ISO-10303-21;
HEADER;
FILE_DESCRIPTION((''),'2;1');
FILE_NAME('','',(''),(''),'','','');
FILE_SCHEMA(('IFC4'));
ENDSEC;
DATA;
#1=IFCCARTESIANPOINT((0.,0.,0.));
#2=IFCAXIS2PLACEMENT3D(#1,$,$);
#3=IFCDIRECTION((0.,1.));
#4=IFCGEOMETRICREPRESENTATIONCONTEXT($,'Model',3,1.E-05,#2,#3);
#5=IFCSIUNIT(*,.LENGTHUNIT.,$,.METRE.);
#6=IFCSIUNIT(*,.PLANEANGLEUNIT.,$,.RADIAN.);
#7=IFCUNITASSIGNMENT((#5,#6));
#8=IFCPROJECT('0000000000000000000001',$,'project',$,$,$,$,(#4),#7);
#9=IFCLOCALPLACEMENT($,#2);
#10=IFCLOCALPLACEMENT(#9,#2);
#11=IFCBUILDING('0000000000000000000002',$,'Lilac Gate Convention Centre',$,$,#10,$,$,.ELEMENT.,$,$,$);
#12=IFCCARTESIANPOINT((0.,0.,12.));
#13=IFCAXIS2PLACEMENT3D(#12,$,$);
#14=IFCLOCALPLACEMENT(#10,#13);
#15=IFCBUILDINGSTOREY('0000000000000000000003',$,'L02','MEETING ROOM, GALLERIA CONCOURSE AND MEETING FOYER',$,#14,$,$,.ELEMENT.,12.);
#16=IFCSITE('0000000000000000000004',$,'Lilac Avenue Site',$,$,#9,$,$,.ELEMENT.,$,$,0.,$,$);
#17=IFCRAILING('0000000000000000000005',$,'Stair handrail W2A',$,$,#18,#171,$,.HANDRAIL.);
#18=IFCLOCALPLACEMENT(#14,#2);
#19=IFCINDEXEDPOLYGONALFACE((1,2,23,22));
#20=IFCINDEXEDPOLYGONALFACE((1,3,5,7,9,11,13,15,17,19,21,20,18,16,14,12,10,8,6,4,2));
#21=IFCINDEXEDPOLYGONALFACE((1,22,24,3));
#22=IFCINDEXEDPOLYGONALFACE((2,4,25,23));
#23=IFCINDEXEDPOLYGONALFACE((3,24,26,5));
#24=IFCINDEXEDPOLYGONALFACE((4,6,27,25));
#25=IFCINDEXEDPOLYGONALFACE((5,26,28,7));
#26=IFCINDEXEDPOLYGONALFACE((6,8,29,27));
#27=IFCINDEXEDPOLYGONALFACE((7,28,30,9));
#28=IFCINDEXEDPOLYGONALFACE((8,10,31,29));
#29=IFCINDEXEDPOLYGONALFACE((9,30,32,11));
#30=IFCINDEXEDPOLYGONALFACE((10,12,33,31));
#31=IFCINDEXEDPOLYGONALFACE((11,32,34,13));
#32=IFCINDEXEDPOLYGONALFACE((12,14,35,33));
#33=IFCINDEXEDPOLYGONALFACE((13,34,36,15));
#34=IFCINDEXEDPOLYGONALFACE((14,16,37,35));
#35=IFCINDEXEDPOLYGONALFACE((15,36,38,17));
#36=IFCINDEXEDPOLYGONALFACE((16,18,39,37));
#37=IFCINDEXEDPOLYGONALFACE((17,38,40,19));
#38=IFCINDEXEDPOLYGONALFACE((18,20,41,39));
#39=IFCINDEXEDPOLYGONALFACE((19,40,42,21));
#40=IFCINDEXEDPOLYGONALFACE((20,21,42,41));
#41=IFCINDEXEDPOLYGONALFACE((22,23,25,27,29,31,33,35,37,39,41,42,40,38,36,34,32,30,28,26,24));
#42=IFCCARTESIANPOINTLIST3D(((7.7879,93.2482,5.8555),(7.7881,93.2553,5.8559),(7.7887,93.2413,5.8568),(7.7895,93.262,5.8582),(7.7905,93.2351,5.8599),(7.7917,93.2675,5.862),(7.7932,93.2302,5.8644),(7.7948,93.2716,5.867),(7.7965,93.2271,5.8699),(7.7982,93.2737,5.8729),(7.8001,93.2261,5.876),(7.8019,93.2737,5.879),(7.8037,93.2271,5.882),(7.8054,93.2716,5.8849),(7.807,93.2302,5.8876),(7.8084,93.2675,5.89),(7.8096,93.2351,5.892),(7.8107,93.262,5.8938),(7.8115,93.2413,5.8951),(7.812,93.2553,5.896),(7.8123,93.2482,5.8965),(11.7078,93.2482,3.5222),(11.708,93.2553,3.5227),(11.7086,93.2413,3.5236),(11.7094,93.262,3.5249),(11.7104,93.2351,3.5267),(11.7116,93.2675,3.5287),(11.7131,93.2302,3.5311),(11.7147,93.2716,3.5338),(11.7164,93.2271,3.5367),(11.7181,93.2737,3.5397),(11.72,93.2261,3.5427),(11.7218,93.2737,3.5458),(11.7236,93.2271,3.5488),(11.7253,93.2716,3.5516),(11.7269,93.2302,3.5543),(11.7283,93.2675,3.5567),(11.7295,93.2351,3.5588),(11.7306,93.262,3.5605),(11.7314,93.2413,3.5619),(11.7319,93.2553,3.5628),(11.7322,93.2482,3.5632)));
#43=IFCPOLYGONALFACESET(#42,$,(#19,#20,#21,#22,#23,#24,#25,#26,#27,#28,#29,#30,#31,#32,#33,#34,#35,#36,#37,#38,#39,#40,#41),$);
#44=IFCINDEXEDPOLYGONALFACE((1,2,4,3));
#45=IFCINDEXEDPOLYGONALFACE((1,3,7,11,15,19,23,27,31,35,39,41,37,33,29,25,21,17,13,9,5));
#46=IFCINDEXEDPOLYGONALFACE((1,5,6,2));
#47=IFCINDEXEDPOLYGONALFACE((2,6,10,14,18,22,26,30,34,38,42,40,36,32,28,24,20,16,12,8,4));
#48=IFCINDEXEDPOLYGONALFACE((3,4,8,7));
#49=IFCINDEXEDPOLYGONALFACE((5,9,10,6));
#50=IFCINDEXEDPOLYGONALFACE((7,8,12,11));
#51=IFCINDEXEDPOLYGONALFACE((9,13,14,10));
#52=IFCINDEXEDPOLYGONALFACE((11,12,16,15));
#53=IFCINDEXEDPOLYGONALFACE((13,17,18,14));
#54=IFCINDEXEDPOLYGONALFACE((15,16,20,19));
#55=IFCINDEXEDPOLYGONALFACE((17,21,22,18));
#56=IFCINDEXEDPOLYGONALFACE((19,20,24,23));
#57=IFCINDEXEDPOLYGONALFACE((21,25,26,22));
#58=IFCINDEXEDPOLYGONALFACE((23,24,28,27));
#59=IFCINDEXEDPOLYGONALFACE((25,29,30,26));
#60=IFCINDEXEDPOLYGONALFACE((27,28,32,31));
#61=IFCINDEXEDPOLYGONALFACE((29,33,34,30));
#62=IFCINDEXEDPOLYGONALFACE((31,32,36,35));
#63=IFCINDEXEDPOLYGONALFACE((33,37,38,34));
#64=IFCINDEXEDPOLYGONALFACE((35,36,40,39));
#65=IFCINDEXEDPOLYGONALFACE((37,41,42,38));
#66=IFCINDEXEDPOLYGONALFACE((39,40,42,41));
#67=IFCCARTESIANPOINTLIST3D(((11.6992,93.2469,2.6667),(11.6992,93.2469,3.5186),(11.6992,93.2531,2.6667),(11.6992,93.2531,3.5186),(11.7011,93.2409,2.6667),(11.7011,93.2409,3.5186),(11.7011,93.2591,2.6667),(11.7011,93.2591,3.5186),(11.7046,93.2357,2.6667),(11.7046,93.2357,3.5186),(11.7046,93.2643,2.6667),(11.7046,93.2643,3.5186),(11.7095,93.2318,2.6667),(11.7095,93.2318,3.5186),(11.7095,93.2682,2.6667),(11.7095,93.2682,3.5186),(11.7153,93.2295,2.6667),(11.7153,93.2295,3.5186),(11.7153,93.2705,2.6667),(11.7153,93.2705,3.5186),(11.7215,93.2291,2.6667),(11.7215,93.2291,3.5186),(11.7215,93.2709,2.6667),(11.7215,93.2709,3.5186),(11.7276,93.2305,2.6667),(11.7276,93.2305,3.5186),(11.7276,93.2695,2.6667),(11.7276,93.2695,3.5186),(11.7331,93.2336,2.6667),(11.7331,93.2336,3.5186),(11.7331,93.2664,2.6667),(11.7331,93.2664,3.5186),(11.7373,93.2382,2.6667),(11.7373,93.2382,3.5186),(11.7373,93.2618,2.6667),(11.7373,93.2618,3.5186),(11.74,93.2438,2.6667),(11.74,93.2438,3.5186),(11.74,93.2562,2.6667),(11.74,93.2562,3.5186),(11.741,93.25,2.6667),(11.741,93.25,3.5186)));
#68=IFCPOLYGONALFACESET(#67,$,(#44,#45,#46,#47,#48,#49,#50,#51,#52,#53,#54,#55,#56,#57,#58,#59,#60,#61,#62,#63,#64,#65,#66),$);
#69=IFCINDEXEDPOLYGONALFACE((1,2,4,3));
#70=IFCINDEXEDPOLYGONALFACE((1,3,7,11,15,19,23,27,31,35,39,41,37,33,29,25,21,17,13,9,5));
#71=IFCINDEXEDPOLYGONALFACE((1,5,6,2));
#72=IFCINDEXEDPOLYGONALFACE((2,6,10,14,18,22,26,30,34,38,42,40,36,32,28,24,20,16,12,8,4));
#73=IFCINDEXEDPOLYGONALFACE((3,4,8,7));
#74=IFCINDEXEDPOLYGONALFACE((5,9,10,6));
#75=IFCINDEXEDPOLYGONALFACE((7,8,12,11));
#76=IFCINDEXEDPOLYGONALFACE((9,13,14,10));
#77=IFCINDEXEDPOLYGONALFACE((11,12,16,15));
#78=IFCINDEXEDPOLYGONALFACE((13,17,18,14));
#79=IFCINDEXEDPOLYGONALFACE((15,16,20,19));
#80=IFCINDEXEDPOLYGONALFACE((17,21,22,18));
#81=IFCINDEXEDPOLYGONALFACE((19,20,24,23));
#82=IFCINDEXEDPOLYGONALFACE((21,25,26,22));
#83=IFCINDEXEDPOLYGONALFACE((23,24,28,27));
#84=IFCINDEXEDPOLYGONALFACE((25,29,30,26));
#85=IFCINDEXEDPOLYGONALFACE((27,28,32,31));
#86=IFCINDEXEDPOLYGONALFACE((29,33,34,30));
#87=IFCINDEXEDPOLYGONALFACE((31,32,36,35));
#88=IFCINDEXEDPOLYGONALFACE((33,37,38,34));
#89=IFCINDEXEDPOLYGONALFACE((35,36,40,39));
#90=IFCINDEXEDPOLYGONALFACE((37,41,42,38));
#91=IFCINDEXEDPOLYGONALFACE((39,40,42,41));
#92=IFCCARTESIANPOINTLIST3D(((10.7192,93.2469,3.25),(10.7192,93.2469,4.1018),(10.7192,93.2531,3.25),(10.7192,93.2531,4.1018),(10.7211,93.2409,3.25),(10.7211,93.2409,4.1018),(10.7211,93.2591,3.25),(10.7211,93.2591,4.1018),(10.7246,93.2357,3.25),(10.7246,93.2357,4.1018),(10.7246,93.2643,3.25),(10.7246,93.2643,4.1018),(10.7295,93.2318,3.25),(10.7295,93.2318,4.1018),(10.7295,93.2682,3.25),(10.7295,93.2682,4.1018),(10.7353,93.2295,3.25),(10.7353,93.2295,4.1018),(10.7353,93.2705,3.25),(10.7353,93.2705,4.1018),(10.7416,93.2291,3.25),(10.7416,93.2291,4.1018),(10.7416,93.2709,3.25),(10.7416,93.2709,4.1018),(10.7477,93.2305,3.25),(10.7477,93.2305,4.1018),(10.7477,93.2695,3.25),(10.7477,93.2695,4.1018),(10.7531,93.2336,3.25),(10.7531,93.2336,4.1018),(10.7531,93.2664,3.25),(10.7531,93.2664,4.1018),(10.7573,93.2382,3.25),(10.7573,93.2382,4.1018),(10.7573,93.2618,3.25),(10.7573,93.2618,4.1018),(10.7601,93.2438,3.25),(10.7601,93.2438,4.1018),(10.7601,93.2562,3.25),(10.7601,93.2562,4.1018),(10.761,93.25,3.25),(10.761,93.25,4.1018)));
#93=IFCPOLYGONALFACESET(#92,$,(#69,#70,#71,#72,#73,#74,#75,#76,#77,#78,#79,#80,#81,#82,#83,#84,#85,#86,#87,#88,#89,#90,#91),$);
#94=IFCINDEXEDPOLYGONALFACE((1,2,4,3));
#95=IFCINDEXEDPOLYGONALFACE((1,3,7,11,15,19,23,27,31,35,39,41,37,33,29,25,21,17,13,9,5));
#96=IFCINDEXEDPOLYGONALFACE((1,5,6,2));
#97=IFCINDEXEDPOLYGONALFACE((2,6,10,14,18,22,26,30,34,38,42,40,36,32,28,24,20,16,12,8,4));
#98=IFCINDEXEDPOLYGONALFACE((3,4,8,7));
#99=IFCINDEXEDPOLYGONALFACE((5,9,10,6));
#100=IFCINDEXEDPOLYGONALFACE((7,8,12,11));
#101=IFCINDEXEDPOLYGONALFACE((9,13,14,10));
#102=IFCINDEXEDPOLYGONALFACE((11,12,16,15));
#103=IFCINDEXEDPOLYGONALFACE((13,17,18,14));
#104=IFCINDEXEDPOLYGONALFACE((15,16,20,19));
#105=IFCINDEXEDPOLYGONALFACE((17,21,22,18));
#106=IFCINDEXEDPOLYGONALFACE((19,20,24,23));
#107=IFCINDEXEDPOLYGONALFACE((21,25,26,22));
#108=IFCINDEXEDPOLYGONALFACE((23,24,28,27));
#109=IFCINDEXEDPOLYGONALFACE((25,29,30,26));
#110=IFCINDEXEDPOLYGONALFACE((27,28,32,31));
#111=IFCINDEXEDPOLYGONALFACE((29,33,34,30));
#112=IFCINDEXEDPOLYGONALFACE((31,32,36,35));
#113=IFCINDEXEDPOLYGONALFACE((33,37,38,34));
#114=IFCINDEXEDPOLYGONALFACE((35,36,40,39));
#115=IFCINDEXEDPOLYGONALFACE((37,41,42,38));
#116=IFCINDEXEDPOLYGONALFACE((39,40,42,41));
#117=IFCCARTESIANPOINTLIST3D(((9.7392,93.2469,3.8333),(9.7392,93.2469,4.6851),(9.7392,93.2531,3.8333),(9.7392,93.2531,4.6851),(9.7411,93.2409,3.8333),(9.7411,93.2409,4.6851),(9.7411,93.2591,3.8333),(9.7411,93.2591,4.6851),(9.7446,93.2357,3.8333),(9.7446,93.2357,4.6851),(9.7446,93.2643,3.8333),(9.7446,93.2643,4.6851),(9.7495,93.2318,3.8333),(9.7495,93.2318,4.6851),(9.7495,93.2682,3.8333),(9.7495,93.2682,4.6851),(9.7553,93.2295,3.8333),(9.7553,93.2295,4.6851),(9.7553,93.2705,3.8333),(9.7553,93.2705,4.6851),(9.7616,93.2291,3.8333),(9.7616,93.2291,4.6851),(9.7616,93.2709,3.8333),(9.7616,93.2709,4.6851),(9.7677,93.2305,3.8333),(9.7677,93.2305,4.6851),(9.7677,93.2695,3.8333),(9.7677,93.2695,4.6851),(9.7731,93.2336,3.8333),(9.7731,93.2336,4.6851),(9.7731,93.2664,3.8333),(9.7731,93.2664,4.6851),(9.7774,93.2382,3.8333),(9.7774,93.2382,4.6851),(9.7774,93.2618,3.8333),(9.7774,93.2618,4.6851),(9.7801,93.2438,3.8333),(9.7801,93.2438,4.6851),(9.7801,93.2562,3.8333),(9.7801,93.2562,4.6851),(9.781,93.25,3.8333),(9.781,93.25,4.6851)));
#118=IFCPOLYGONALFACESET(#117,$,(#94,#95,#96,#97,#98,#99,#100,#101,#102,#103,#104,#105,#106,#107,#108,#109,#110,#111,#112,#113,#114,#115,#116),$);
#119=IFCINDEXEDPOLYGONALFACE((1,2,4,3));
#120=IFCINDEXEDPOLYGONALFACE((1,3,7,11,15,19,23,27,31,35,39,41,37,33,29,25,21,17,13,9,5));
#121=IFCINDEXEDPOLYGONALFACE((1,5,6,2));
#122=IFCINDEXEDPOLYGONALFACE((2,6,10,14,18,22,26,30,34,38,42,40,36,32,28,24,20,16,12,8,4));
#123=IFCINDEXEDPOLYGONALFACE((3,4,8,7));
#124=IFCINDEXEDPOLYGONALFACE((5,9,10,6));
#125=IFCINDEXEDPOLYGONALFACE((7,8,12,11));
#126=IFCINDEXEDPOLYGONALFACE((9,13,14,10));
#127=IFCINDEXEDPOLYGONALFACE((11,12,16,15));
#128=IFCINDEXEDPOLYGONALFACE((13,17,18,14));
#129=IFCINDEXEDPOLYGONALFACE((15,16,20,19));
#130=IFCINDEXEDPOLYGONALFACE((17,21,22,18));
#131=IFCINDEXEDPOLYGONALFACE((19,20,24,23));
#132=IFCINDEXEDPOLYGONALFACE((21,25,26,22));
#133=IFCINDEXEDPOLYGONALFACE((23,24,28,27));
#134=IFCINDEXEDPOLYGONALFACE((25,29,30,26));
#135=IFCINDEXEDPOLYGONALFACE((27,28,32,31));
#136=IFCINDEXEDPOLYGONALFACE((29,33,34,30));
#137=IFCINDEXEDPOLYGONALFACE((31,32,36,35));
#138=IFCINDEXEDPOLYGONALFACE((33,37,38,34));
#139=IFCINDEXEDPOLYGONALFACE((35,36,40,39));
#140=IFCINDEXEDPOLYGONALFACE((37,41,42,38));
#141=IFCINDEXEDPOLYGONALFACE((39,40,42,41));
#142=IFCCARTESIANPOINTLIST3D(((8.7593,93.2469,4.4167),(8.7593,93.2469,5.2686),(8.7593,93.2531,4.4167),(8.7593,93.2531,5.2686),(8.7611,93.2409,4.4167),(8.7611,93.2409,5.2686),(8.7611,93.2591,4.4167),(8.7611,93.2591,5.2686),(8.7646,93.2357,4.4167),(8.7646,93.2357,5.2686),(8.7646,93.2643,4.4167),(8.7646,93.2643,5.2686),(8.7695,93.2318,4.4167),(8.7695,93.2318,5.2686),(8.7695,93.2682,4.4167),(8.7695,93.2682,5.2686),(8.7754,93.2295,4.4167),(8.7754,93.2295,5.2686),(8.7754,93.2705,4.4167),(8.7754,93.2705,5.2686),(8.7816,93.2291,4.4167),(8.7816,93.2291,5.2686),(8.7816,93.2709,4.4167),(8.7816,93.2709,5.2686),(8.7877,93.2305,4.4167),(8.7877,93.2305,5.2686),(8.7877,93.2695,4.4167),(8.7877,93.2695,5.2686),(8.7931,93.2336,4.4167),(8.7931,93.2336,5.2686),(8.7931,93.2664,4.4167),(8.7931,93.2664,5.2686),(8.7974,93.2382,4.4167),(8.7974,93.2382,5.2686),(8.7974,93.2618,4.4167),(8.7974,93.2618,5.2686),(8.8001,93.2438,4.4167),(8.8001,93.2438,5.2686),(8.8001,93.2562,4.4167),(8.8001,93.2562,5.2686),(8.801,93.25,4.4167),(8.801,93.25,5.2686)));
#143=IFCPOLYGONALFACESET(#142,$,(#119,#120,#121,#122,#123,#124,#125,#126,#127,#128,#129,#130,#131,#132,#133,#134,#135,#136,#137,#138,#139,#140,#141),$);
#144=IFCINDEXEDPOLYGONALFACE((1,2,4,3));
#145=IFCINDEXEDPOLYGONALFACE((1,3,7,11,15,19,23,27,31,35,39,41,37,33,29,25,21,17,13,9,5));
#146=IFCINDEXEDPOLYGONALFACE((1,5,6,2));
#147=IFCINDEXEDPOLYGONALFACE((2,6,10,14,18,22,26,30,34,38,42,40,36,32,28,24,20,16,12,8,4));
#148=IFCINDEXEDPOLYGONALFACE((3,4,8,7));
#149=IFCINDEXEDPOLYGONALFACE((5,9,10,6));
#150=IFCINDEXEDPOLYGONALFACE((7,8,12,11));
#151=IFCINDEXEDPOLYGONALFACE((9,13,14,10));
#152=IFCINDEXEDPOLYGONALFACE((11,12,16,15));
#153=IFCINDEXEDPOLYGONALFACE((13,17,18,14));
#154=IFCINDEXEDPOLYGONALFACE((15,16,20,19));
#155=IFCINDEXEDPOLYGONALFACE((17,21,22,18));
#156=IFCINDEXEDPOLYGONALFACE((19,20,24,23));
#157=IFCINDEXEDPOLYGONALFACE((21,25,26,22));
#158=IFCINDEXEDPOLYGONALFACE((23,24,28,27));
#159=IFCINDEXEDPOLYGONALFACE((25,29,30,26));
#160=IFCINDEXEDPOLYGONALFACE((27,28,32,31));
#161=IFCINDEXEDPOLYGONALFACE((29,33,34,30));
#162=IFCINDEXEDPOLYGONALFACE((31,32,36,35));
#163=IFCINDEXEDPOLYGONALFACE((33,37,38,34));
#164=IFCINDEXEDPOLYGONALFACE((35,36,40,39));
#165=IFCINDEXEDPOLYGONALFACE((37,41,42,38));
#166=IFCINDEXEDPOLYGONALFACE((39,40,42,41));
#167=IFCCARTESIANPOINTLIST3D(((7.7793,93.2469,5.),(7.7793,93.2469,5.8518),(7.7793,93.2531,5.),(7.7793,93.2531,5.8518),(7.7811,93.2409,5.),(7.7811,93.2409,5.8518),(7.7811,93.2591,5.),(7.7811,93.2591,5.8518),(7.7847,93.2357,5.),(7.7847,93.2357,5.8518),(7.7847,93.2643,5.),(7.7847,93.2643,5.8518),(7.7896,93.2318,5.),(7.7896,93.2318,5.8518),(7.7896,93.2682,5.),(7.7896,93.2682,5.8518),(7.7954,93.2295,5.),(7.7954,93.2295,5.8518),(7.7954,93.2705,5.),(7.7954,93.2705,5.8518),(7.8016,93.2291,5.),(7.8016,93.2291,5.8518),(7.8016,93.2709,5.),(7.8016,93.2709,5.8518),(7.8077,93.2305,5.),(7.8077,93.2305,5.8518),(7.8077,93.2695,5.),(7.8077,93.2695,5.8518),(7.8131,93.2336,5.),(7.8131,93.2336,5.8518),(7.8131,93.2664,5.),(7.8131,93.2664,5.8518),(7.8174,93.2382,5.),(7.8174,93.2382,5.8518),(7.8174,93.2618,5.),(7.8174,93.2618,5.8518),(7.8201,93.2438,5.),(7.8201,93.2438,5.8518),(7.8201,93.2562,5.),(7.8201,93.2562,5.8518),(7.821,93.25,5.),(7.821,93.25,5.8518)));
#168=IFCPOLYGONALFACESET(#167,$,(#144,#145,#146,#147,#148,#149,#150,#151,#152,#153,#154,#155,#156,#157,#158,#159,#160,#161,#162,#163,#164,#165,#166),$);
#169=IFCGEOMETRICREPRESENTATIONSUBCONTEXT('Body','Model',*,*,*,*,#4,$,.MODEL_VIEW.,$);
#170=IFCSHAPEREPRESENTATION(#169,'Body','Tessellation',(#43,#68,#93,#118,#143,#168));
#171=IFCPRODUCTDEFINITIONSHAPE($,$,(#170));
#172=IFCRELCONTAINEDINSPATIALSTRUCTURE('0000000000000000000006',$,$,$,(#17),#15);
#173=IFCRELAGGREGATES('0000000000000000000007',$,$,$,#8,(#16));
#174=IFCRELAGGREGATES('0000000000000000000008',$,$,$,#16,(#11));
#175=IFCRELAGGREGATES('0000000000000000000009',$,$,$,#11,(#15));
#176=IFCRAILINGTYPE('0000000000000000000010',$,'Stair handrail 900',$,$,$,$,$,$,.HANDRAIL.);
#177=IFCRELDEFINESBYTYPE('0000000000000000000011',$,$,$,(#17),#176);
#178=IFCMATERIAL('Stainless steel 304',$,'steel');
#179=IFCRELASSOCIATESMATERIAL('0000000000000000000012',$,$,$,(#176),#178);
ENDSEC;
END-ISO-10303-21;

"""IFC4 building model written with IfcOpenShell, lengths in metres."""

from ifc_helpers import new_model, si_unit, direction, frame, origin, origin_2d, place, context, subcontext, project, spatial, circle, extrude, material, type_object, element, save


model = new_model("IFC4")

# Units and contexts
model_context = context("Model", 3, precision=1e-05, world=origin(), true_north=direction((0.0, 1.0)))
body_context = subcontext(model_context, "Body", "Model", "MODEL_VIEW")
ifc_project = project(units=[si_unit("LENGTHUNIT", "METRE"), si_unit("PLANEANGLEUNIT", "RADIAN")], contexts=[model_context])

# Site, building, storey
site_placement = place(None, origin())
site = spatial("IfcSite", under=ifc_project, at=site_placement, Name="Lilac Avenue Site", CompositionType="ELEMENT", RefElevation=0.0)
building_placement = place(site_placement, origin())
building = spatial("IfcBuilding", under=site, at=building_placement, Name="Lilac Gate Convention Centre", CompositionType="ELEMENT")
storey_placement = place(building_placement, frame((0.0, 0.0, 12.0)))
storey = spatial("IfcBuildingStorey", under=building, at=storey_placement, Name="L02", Description="MEETING ROOM, GALLERIA CONCOURSE AND MEETING FOYER", CompositionType="ELEMENT", Elevation=12.0)

# Shared definitions
ifc_material_1 = material(Name="Stainless steel 304", Category="steel")

# Railing
railing_type = type_object("IfcRailingType", Name="Stair handrail 900", PredefinedType="HANDRAIL", material=ifc_material_1)
for number, where, name in (
    (1, (11.72, 93.25, 2.6667), "Stair handrail W2A"),
):
    element("IfcRailing", number, at=place(storey_placement, frame(where)), inside=storey, type_object=railing_type, Name=name, PredefinedType="HANDRAIL", context=body_context, shape_type="SweptSolid", body=[
        extrude(circle(Radius=0.0239, at=origin_2d()), frame((0.0, 0.0, 0.876), z_axis=(-0.859296, 0.0, 0.511478), x_axis=(0.0, -1.0, 0.0)), (0.0, 0.0, 1.0), 4.5618),
        extrude(circle(Radius=0.021, at=origin_2d()), origin(), (0.0, 0.0, 1.0), 0.8518),
        extrude(circle(Radius=0.021, at=origin_2d()), frame((-0.98, 0.0, 0.5833)), (0.0, 0.0, 1.0), 0.8518),
        extrude(circle(Radius=0.021, at=origin_2d()), frame((-1.96, 0.0, 1.1665)), (0.0, 0.0, 1.0), 0.8518),
        extrude(circle(Radius=0.021, at=origin_2d()), frame((-2.9399, 0.0, 1.75)), (0.0, 0.0, 1.0), 0.8518),
        extrude(circle(Radius=0.021, at=origin_2d()), frame((-3.9199, 0.0, 2.3333)), (0.0, 0.0, 1.0), 0.8518),
    ])

save(model, "model.ifc")
